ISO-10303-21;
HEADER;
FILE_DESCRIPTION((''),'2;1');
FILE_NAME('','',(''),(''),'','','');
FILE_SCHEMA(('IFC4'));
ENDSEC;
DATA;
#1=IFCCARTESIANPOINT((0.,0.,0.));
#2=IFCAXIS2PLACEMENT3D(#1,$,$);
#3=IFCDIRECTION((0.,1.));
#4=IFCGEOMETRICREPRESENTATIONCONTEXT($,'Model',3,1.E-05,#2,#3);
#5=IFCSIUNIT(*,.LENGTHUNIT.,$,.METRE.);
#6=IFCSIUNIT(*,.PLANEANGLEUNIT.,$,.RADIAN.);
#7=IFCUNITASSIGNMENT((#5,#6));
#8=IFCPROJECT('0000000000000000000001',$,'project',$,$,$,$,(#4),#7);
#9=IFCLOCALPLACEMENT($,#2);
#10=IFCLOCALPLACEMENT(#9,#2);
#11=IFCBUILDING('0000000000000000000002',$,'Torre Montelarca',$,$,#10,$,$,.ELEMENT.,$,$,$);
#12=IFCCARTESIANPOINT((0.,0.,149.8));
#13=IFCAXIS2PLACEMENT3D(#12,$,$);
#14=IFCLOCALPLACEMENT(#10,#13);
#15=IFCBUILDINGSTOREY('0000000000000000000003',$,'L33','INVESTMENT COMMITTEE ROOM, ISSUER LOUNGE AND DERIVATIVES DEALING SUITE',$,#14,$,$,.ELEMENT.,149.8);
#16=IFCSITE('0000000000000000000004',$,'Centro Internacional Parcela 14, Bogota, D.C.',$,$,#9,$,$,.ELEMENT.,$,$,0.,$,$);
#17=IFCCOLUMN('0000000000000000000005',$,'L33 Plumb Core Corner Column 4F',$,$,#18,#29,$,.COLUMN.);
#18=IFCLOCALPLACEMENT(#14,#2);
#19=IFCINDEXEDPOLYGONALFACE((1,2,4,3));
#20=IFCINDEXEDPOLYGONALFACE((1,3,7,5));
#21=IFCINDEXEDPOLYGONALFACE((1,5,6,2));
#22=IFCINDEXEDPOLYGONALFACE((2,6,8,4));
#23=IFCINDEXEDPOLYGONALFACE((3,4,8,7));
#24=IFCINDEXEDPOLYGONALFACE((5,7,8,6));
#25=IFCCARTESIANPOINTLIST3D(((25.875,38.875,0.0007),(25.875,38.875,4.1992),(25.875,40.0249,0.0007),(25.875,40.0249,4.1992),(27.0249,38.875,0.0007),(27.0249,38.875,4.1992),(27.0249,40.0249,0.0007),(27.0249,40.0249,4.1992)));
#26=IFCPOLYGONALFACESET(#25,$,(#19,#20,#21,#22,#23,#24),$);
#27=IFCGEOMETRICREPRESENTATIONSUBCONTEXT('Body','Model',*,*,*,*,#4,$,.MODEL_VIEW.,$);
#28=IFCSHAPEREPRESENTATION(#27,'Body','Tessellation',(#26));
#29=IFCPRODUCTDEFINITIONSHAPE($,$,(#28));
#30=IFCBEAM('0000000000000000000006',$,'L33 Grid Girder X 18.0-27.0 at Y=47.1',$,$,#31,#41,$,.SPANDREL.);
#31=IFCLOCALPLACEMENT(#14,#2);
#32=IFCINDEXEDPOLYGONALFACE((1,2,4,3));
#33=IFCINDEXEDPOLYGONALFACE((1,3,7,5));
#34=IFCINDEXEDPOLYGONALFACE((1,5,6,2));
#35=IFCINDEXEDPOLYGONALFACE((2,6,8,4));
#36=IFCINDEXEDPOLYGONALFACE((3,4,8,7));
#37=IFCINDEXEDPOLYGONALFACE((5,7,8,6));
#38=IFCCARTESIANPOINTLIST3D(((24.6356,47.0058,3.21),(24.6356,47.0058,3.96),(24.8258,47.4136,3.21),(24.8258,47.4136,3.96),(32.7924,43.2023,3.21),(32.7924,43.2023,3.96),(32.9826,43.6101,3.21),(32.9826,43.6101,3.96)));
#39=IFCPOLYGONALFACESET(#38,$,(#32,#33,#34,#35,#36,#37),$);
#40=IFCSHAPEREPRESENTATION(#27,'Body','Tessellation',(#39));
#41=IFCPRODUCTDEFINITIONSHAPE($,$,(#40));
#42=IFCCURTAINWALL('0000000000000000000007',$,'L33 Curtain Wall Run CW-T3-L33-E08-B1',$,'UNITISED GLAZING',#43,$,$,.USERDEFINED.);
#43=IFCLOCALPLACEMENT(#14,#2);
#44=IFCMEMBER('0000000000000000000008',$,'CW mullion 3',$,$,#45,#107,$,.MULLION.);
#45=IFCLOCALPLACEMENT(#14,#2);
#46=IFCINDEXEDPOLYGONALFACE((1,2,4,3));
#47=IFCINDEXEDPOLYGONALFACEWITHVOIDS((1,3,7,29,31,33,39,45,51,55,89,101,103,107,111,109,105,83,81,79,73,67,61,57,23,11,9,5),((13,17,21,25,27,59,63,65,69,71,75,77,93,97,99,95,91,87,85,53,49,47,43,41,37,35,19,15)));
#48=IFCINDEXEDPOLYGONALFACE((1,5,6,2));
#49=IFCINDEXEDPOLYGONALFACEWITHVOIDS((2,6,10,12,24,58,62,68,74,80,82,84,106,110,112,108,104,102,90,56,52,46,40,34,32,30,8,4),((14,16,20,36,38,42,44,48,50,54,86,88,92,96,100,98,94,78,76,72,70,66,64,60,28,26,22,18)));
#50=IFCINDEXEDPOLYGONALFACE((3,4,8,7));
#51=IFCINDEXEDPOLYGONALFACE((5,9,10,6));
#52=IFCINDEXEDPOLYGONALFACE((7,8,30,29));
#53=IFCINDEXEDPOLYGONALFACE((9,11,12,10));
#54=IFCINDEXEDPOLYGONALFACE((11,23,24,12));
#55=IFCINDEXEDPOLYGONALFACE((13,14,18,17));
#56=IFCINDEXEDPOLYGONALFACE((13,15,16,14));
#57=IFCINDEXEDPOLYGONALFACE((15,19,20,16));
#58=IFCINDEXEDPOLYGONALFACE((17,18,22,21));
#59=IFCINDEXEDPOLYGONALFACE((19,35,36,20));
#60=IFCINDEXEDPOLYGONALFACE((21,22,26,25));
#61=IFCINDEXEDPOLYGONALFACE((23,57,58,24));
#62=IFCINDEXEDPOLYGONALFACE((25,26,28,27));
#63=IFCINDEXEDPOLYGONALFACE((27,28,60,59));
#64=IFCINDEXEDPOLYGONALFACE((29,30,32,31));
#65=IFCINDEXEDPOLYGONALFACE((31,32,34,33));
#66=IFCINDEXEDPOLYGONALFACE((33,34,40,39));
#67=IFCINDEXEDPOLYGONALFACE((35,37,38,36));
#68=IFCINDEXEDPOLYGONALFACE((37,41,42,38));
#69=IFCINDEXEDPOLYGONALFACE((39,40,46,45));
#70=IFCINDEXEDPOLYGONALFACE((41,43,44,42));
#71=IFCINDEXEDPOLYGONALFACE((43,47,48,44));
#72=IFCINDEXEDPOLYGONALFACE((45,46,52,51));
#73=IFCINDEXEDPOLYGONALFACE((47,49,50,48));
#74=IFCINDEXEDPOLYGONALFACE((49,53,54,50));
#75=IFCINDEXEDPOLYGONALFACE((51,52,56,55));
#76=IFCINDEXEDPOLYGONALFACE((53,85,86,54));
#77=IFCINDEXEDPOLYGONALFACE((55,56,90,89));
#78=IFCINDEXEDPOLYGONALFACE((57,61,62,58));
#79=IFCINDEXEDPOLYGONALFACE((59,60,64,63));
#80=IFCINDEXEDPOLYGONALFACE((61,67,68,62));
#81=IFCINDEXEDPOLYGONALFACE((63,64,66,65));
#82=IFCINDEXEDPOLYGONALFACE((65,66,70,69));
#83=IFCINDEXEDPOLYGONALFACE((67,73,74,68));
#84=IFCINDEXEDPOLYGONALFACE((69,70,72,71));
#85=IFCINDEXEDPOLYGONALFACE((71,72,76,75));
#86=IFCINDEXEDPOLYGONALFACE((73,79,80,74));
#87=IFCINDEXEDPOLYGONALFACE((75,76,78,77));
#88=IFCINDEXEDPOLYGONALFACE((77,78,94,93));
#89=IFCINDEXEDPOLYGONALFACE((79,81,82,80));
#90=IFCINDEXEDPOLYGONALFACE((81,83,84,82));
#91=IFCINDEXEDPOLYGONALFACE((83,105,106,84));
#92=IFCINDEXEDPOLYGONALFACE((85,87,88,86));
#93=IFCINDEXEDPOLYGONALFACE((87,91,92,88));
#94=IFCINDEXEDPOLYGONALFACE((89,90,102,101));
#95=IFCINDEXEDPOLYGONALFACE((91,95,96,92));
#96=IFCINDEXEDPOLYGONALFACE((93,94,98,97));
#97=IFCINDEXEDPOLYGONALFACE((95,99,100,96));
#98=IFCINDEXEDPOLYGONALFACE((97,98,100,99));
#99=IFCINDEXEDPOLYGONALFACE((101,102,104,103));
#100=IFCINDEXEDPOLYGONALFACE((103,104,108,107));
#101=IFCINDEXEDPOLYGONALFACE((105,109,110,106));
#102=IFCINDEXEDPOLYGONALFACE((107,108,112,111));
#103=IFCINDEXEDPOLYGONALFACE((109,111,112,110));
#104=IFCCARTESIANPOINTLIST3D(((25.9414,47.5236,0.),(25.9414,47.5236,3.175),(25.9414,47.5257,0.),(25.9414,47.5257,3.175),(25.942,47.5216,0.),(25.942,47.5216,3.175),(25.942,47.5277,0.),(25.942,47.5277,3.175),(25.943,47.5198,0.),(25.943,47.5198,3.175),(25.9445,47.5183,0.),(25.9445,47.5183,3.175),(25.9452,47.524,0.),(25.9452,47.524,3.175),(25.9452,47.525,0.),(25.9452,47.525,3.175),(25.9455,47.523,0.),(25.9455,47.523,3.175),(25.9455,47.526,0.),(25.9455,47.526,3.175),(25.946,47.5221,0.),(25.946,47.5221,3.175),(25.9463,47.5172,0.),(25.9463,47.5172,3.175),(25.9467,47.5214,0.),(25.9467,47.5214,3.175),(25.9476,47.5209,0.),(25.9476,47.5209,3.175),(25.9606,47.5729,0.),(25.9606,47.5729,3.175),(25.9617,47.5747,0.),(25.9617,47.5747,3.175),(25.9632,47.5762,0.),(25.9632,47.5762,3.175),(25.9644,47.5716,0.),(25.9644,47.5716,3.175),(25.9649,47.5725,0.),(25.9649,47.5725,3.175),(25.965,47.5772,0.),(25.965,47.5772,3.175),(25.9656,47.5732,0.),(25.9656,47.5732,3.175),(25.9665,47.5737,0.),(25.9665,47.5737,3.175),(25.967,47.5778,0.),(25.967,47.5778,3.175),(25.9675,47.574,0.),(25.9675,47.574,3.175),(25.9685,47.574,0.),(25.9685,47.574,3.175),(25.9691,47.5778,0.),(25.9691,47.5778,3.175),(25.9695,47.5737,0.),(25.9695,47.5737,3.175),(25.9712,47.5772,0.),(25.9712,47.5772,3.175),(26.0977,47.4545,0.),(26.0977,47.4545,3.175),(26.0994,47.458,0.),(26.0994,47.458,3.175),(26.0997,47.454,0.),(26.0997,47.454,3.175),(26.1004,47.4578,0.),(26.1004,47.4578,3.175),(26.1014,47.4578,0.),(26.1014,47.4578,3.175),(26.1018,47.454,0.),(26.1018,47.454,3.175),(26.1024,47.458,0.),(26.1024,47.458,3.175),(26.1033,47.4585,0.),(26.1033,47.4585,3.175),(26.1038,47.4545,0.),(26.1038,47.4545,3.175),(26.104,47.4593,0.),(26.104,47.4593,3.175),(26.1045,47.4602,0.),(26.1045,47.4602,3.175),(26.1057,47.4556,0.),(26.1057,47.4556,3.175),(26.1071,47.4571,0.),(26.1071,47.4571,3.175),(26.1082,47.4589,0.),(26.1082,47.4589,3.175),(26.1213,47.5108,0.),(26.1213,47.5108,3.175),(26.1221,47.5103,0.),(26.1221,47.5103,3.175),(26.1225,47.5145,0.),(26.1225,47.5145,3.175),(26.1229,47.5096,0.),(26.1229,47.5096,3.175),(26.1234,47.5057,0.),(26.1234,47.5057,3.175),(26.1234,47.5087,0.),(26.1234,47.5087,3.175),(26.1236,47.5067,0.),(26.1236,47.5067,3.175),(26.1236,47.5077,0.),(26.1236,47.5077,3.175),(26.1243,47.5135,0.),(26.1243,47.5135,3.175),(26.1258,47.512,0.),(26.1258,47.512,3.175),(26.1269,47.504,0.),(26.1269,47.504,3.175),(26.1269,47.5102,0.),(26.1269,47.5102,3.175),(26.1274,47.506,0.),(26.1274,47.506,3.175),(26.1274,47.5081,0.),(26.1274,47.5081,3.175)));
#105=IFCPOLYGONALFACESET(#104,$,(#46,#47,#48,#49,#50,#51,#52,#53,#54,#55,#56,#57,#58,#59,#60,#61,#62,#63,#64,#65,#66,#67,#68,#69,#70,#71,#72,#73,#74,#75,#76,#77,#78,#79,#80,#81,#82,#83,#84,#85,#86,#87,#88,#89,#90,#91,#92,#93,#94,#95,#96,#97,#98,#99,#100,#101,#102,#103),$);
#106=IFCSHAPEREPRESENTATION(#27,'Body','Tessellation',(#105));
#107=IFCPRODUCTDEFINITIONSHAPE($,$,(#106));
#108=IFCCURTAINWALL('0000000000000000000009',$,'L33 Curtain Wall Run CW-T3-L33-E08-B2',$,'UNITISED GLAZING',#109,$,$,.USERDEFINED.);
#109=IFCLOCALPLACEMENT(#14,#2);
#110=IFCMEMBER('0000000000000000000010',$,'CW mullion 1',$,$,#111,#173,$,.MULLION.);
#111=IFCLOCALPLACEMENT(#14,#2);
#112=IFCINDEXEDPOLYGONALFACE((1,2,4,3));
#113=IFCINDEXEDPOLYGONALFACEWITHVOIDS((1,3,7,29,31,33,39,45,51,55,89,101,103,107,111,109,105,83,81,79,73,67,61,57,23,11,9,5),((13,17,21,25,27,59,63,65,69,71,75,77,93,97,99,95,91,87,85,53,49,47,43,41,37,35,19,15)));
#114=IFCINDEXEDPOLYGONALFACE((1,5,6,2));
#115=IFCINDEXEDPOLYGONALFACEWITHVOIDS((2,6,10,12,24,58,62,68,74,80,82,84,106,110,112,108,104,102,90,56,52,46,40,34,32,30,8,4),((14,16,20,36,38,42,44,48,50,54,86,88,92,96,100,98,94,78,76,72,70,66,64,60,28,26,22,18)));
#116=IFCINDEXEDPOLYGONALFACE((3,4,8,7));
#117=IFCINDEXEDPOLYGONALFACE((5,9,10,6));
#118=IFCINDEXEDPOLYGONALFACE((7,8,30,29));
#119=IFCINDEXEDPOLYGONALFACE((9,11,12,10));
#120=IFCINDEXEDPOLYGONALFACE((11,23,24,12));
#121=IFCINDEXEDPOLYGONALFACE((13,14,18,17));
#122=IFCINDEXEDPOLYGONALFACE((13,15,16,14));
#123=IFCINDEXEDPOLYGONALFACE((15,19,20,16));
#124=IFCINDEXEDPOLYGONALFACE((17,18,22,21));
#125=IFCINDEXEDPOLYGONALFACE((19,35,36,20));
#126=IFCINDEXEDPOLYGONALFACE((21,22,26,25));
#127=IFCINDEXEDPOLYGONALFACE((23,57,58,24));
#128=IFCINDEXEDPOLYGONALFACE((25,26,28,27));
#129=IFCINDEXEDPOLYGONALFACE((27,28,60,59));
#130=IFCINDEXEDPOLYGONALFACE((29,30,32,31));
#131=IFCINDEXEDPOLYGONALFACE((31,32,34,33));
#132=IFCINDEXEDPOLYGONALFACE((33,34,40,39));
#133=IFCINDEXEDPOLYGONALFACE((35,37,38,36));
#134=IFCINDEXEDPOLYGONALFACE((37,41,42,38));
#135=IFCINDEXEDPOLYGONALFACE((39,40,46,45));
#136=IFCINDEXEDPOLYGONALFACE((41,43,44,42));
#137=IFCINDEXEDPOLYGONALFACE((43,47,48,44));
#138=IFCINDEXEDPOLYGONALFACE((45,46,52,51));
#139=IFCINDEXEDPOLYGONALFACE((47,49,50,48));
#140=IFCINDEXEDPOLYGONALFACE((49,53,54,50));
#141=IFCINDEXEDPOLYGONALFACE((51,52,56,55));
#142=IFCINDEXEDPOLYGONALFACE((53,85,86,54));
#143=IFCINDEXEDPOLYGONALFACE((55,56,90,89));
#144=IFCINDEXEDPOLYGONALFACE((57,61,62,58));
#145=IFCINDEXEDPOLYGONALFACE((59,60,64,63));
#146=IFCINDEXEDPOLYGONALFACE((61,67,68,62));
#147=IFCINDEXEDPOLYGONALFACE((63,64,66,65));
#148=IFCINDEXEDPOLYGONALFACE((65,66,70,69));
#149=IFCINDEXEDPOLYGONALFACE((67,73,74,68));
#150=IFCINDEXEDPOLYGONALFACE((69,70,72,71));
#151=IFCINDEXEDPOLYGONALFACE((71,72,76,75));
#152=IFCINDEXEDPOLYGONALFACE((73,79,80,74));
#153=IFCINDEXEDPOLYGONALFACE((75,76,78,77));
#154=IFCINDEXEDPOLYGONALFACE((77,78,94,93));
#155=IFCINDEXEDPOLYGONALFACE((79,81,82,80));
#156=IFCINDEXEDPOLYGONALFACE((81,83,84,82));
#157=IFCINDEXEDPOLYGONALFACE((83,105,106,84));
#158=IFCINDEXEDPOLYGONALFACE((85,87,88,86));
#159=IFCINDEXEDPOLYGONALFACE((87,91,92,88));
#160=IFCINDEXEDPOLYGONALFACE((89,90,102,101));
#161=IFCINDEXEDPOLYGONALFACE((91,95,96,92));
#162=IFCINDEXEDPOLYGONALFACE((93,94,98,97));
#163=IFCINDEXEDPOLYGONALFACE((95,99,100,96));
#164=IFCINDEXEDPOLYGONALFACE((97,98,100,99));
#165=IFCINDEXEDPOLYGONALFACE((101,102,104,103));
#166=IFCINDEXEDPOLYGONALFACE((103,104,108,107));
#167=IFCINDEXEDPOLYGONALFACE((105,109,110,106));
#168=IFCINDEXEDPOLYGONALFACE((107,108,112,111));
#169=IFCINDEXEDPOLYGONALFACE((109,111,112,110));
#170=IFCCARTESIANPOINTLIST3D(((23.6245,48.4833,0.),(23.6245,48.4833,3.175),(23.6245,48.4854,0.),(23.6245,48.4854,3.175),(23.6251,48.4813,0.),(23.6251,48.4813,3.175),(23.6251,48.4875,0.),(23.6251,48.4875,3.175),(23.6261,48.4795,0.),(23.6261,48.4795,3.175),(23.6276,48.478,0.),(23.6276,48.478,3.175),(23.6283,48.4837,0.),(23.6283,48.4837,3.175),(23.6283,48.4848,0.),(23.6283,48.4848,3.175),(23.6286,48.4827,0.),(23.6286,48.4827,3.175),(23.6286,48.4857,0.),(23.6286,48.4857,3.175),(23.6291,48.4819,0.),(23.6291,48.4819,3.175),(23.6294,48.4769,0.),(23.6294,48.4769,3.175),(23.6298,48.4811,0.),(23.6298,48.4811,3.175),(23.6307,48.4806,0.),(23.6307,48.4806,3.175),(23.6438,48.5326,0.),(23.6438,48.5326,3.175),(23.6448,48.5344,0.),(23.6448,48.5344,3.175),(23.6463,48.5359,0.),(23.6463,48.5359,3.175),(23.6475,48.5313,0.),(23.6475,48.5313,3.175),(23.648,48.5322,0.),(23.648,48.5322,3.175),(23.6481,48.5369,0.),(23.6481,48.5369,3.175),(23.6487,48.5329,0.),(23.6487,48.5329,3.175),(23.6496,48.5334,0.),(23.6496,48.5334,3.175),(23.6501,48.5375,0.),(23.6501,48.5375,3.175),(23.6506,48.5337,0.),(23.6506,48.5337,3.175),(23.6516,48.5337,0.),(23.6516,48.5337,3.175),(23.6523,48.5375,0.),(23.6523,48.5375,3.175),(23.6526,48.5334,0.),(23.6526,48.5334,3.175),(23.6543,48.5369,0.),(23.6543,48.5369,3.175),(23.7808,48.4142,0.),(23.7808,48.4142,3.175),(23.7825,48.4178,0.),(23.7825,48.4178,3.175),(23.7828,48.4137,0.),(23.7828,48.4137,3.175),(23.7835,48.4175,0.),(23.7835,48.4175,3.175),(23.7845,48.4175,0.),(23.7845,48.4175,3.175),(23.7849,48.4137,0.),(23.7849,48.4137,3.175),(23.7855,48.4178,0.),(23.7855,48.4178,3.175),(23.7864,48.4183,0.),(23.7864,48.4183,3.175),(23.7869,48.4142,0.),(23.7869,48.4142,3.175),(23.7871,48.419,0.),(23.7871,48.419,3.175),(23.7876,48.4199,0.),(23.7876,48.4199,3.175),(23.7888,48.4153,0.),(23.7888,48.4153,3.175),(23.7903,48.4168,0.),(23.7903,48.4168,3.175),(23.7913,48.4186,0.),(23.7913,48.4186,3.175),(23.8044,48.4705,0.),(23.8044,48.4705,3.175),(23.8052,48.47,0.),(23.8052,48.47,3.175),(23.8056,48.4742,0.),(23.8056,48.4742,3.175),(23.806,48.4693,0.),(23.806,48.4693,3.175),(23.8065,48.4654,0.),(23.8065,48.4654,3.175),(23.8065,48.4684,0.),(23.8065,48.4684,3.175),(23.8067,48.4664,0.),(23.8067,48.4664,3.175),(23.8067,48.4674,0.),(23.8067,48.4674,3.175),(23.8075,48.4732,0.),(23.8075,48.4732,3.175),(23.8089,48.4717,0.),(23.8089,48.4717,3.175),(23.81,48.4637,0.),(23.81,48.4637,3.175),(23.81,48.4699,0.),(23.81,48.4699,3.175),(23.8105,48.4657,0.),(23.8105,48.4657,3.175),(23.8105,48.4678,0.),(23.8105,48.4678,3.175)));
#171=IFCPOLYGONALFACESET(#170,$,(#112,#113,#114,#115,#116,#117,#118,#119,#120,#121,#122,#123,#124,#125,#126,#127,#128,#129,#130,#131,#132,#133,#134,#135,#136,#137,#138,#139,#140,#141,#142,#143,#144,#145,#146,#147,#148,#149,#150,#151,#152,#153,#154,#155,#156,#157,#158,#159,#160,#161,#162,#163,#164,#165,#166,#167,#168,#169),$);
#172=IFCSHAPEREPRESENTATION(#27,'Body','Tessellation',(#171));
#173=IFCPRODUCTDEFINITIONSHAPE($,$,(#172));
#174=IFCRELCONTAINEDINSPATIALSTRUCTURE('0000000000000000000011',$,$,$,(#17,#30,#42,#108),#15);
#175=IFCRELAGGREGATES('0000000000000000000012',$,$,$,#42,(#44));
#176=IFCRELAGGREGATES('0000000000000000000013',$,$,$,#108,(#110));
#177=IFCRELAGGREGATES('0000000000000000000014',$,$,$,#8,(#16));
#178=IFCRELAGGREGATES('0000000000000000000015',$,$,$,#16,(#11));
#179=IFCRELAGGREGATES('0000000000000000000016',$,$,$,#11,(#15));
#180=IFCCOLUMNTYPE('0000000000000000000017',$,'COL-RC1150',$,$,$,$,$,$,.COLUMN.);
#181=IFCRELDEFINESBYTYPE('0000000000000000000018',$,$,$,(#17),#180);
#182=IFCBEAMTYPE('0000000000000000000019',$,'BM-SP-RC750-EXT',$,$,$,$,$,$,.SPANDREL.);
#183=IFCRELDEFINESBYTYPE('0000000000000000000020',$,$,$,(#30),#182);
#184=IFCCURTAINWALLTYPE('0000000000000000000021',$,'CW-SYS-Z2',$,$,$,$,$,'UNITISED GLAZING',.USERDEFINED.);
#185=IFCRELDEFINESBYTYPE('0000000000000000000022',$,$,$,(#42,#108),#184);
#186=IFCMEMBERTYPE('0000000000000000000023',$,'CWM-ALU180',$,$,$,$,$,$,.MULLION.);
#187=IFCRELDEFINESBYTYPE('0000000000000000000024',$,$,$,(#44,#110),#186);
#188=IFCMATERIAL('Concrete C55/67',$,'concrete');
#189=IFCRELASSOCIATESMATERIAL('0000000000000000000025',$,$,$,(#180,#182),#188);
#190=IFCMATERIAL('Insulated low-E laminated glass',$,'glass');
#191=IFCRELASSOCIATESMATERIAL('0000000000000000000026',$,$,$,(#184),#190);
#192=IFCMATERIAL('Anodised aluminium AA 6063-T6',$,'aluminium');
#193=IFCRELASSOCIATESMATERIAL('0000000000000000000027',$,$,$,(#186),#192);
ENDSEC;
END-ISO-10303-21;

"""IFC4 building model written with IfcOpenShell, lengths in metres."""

from ifc_helpers import new_model, si_unit, direction, frame, origin, origin_2d, place, context, subcontext, project, spatial, rectangle, hollow_rectangle, extrude, source, transform, mapped, material, material_profile, profile_set, type_object, element, aggregate, save


model = new_model("IFC4")

# Units and contexts
model_context = context("Model", 3, precision=1e-05, world=origin(), true_north=direction((0.0, 1.0)))
body_context = subcontext(model_context, "Body", "Model", "MODEL_VIEW")
ifc_project = project(units=[si_unit("LENGTHUNIT", "METRE"), si_unit("PLANEANGLEUNIT", "RADIAN")], contexts=[model_context])

# Site, building, storey
site_placement = place(None, origin())
site = spatial("IfcSite", under=ifc_project, at=site_placement, Name="Centro Internacional Parcela 14, Bogota, D.C.", CompositionType="ELEMENT", RefElevation=0.0)
building_placement = place(site_placement, origin())
building = spatial("IfcBuilding", under=site, at=building_placement, Name="Torre Montelarca", CompositionType="ELEMENT")
storey_placement = place(building_placement, frame((0.0, 0.0, 149.8)))
storey = spatial("IfcBuildingStorey", under=building, at=storey_placement, Name="L33", Description="INVESTMENT COMMITTEE ROOM, ISSUER LOUNGE AND DERIVATIVES DEALING SUITE", CompositionType="ELEMENT", Elevation=149.8)

# Column
ifc_material_1 = material(Name="Concrete C55/67", Category="concrete")
ifc_material_profile_1 = material_profile(ifc_material_1, rectangle(XDim=1.1499, YDim=1.1499, at=origin_2d()), Name="RC1150X1150", Category="concrete")
ifc_profile_set_1 = profile_set([ifc_material_profile_1], Name="Concrete C55/67")
column_type_1 = type_object("IfcColumnType", Name="COL-RC1150", PredefinedType="COLUMN", material=ifc_profile_set_1)
shared_shape_1 = source(origin(), body_context, "Body", "SweptSolid", [
    extrude(rectangle(XDim=1.1499, YDim=1.1499, at=origin_2d()), origin(), (0.0, 0.0, 1.0), 4.1985),
])
column_1_placement = place(storey_placement, frame((26.45, 39.45, 0.0007), z_axis=(0.0, 0.0, 1.0), x_axis=(1.0, 0.0, 0.0)))
element("IfcColumn", 1, at=column_1_placement, inside=storey, type_object=column_type_1, Name="L33 Plumb Core Corner Column 4F", PredefinedType="COLUMN", context=body_context, shape_type="MappedRepresentation", body=[
    mapped(shared_shape_1, transform((0.0, 0.0, 0.0), scale=1.0)),
])

# Beam
ifc_material_profile_2 = material_profile(ifc_material_1, rectangle(XDim=0.45, YDim=0.75, at=origin_2d()), Name="RCB450X750", Category="concrete")
ifc_profile_set_2 = profile_set([ifc_material_profile_2], Name="Concrete C55/67")
beam_type = type_object("IfcBeamType", Name="BM-SP-RC750-EXT", PredefinedType="SPANDREL", material=ifc_profile_set_2)
shared_shape_2 = source(origin(), body_context, "Body", "SweptSolid", [
    extrude(rectangle(XDim=0.45, YDim=0.75, at=origin_2d()), origin(), (0.0, 0.0, 1.0), 9.0),
])
beam_placement = place(storey_placement, frame((24.7307, 47.2097, 3.585), z_axis=(0.906311, -0.422611, 0.0), x_axis=(0.422611, 0.906311, 0.0)))
element("IfcBeam", 2, at=beam_placement, inside=storey, type_object=beam_type, Name="L33 Grid Girder X 18.0-27.0 at Y=47.1", PredefinedType="SPANDREL", context=body_context, shape_type="MappedRepresentation", body=[
    mapped(shared_shape_2, transform((0.0, 0.0, 0.0), scale=1.0)),
])

# Curtain wall, member
ifc_material_2 = material(Name="Insulated low-E laminated glass", Category="glass")
curtain_wall_type = type_object("IfcCurtainWallType", Name="CW-SYS-Z2", ElementType="UNITISED GLAZING", PredefinedType="USERDEFINED", material=ifc_material_2)
curtain_wall_1_placement = place(storey_placement, origin())
curtain_wall_1 = element("IfcCurtainWall", 3, at=curtain_wall_1_placement, inside=storey, type_object=curtain_wall_type, Name="L33 Curtain Wall Run CW-T3-L33-E08-B1", ObjectType="UNITISED GLAZING", PredefinedType="USERDEFINED")
ifc_material_3 = material(Name="Anodised aluminium AA 6063-T6", Category="aluminium")
ifc_material_profile_3 = material_profile(ifc_material_3, hollow_rectangle(XDim=0.0649, YDim=0.1799, WallThickness=0.0039, InnerFilletRadius=0.0039, OuterFilletRadius=0.0081, at=origin_2d()), Name="ALU65X180X4", Category="aluminium")
ifc_profile_set_3 = profile_set([ifc_material_profile_3], Name="Anodised aluminium AA 6063-T6")
member_type_1 = type_object("IfcMemberType", Name="CWM-ALU180", PredefinedType="MULLION", material=ifc_profile_set_3)
shared_shape_3 = source(origin(), body_context, "Body", "SweptSolid", [
    extrude(hollow_rectangle(XDim=0.0649, YDim=0.1799, WallThickness=0.0039, InnerFilletRadius=0.0039, OuterFilletRadius=0.0081, at=origin_2d()), origin(), (0.0, 0.0, 1.0), 3.175),
])
member_1_placement = place(storey_placement, frame((26.0344, 47.5159, 0.0), z_axis=(0.0, 0.0, 1.0), x_axis=(-0.382686, -0.923878, 0.0)))
member_1 = element("IfcMember", 4, at=member_1_placement, type_object=member_type_1, Name="CW mullion 3", PredefinedType="MULLION", context=body_context, shape_type="MappedRepresentation", body=[
    mapped(shared_shape_3, transform((0.0, 0.0, 0.0), scale=1.0)),
])
aggregate(curtain_wall_1, [member_1])

# Curtain wall, member
curtain_wall_2_placement = place(storey_placement, origin())
curtain_wall_2 = element("IfcCurtainWall", 5, at=curtain_wall_2_placement, inside=storey, type_object=curtain_wall_type, Name="L33 Curtain Wall Run CW-T3-L33-E08-B2", ObjectType="UNITISED GLAZING", PredefinedType="USERDEFINED")
member_2_placement = place(storey_placement, frame((23.7175, 48.4756, 0.0), z_axis=(0.0, 0.0, 1.0), x_axis=(-0.382692, -0.923876, 0.0)))
member_2 = element("IfcMember", 6, at=member_2_placement, type_object=member_type_1, Name="CW mullion 1", PredefinedType="MULLION", context=body_context, shape_type="MappedRepresentation", body=[
    mapped(shared_shape_3, transform((0.0, 0.0, 0.0), scale=1.0)),
])
aggregate(curtain_wall_2, [member_2])

save(model, "model.ifc")
